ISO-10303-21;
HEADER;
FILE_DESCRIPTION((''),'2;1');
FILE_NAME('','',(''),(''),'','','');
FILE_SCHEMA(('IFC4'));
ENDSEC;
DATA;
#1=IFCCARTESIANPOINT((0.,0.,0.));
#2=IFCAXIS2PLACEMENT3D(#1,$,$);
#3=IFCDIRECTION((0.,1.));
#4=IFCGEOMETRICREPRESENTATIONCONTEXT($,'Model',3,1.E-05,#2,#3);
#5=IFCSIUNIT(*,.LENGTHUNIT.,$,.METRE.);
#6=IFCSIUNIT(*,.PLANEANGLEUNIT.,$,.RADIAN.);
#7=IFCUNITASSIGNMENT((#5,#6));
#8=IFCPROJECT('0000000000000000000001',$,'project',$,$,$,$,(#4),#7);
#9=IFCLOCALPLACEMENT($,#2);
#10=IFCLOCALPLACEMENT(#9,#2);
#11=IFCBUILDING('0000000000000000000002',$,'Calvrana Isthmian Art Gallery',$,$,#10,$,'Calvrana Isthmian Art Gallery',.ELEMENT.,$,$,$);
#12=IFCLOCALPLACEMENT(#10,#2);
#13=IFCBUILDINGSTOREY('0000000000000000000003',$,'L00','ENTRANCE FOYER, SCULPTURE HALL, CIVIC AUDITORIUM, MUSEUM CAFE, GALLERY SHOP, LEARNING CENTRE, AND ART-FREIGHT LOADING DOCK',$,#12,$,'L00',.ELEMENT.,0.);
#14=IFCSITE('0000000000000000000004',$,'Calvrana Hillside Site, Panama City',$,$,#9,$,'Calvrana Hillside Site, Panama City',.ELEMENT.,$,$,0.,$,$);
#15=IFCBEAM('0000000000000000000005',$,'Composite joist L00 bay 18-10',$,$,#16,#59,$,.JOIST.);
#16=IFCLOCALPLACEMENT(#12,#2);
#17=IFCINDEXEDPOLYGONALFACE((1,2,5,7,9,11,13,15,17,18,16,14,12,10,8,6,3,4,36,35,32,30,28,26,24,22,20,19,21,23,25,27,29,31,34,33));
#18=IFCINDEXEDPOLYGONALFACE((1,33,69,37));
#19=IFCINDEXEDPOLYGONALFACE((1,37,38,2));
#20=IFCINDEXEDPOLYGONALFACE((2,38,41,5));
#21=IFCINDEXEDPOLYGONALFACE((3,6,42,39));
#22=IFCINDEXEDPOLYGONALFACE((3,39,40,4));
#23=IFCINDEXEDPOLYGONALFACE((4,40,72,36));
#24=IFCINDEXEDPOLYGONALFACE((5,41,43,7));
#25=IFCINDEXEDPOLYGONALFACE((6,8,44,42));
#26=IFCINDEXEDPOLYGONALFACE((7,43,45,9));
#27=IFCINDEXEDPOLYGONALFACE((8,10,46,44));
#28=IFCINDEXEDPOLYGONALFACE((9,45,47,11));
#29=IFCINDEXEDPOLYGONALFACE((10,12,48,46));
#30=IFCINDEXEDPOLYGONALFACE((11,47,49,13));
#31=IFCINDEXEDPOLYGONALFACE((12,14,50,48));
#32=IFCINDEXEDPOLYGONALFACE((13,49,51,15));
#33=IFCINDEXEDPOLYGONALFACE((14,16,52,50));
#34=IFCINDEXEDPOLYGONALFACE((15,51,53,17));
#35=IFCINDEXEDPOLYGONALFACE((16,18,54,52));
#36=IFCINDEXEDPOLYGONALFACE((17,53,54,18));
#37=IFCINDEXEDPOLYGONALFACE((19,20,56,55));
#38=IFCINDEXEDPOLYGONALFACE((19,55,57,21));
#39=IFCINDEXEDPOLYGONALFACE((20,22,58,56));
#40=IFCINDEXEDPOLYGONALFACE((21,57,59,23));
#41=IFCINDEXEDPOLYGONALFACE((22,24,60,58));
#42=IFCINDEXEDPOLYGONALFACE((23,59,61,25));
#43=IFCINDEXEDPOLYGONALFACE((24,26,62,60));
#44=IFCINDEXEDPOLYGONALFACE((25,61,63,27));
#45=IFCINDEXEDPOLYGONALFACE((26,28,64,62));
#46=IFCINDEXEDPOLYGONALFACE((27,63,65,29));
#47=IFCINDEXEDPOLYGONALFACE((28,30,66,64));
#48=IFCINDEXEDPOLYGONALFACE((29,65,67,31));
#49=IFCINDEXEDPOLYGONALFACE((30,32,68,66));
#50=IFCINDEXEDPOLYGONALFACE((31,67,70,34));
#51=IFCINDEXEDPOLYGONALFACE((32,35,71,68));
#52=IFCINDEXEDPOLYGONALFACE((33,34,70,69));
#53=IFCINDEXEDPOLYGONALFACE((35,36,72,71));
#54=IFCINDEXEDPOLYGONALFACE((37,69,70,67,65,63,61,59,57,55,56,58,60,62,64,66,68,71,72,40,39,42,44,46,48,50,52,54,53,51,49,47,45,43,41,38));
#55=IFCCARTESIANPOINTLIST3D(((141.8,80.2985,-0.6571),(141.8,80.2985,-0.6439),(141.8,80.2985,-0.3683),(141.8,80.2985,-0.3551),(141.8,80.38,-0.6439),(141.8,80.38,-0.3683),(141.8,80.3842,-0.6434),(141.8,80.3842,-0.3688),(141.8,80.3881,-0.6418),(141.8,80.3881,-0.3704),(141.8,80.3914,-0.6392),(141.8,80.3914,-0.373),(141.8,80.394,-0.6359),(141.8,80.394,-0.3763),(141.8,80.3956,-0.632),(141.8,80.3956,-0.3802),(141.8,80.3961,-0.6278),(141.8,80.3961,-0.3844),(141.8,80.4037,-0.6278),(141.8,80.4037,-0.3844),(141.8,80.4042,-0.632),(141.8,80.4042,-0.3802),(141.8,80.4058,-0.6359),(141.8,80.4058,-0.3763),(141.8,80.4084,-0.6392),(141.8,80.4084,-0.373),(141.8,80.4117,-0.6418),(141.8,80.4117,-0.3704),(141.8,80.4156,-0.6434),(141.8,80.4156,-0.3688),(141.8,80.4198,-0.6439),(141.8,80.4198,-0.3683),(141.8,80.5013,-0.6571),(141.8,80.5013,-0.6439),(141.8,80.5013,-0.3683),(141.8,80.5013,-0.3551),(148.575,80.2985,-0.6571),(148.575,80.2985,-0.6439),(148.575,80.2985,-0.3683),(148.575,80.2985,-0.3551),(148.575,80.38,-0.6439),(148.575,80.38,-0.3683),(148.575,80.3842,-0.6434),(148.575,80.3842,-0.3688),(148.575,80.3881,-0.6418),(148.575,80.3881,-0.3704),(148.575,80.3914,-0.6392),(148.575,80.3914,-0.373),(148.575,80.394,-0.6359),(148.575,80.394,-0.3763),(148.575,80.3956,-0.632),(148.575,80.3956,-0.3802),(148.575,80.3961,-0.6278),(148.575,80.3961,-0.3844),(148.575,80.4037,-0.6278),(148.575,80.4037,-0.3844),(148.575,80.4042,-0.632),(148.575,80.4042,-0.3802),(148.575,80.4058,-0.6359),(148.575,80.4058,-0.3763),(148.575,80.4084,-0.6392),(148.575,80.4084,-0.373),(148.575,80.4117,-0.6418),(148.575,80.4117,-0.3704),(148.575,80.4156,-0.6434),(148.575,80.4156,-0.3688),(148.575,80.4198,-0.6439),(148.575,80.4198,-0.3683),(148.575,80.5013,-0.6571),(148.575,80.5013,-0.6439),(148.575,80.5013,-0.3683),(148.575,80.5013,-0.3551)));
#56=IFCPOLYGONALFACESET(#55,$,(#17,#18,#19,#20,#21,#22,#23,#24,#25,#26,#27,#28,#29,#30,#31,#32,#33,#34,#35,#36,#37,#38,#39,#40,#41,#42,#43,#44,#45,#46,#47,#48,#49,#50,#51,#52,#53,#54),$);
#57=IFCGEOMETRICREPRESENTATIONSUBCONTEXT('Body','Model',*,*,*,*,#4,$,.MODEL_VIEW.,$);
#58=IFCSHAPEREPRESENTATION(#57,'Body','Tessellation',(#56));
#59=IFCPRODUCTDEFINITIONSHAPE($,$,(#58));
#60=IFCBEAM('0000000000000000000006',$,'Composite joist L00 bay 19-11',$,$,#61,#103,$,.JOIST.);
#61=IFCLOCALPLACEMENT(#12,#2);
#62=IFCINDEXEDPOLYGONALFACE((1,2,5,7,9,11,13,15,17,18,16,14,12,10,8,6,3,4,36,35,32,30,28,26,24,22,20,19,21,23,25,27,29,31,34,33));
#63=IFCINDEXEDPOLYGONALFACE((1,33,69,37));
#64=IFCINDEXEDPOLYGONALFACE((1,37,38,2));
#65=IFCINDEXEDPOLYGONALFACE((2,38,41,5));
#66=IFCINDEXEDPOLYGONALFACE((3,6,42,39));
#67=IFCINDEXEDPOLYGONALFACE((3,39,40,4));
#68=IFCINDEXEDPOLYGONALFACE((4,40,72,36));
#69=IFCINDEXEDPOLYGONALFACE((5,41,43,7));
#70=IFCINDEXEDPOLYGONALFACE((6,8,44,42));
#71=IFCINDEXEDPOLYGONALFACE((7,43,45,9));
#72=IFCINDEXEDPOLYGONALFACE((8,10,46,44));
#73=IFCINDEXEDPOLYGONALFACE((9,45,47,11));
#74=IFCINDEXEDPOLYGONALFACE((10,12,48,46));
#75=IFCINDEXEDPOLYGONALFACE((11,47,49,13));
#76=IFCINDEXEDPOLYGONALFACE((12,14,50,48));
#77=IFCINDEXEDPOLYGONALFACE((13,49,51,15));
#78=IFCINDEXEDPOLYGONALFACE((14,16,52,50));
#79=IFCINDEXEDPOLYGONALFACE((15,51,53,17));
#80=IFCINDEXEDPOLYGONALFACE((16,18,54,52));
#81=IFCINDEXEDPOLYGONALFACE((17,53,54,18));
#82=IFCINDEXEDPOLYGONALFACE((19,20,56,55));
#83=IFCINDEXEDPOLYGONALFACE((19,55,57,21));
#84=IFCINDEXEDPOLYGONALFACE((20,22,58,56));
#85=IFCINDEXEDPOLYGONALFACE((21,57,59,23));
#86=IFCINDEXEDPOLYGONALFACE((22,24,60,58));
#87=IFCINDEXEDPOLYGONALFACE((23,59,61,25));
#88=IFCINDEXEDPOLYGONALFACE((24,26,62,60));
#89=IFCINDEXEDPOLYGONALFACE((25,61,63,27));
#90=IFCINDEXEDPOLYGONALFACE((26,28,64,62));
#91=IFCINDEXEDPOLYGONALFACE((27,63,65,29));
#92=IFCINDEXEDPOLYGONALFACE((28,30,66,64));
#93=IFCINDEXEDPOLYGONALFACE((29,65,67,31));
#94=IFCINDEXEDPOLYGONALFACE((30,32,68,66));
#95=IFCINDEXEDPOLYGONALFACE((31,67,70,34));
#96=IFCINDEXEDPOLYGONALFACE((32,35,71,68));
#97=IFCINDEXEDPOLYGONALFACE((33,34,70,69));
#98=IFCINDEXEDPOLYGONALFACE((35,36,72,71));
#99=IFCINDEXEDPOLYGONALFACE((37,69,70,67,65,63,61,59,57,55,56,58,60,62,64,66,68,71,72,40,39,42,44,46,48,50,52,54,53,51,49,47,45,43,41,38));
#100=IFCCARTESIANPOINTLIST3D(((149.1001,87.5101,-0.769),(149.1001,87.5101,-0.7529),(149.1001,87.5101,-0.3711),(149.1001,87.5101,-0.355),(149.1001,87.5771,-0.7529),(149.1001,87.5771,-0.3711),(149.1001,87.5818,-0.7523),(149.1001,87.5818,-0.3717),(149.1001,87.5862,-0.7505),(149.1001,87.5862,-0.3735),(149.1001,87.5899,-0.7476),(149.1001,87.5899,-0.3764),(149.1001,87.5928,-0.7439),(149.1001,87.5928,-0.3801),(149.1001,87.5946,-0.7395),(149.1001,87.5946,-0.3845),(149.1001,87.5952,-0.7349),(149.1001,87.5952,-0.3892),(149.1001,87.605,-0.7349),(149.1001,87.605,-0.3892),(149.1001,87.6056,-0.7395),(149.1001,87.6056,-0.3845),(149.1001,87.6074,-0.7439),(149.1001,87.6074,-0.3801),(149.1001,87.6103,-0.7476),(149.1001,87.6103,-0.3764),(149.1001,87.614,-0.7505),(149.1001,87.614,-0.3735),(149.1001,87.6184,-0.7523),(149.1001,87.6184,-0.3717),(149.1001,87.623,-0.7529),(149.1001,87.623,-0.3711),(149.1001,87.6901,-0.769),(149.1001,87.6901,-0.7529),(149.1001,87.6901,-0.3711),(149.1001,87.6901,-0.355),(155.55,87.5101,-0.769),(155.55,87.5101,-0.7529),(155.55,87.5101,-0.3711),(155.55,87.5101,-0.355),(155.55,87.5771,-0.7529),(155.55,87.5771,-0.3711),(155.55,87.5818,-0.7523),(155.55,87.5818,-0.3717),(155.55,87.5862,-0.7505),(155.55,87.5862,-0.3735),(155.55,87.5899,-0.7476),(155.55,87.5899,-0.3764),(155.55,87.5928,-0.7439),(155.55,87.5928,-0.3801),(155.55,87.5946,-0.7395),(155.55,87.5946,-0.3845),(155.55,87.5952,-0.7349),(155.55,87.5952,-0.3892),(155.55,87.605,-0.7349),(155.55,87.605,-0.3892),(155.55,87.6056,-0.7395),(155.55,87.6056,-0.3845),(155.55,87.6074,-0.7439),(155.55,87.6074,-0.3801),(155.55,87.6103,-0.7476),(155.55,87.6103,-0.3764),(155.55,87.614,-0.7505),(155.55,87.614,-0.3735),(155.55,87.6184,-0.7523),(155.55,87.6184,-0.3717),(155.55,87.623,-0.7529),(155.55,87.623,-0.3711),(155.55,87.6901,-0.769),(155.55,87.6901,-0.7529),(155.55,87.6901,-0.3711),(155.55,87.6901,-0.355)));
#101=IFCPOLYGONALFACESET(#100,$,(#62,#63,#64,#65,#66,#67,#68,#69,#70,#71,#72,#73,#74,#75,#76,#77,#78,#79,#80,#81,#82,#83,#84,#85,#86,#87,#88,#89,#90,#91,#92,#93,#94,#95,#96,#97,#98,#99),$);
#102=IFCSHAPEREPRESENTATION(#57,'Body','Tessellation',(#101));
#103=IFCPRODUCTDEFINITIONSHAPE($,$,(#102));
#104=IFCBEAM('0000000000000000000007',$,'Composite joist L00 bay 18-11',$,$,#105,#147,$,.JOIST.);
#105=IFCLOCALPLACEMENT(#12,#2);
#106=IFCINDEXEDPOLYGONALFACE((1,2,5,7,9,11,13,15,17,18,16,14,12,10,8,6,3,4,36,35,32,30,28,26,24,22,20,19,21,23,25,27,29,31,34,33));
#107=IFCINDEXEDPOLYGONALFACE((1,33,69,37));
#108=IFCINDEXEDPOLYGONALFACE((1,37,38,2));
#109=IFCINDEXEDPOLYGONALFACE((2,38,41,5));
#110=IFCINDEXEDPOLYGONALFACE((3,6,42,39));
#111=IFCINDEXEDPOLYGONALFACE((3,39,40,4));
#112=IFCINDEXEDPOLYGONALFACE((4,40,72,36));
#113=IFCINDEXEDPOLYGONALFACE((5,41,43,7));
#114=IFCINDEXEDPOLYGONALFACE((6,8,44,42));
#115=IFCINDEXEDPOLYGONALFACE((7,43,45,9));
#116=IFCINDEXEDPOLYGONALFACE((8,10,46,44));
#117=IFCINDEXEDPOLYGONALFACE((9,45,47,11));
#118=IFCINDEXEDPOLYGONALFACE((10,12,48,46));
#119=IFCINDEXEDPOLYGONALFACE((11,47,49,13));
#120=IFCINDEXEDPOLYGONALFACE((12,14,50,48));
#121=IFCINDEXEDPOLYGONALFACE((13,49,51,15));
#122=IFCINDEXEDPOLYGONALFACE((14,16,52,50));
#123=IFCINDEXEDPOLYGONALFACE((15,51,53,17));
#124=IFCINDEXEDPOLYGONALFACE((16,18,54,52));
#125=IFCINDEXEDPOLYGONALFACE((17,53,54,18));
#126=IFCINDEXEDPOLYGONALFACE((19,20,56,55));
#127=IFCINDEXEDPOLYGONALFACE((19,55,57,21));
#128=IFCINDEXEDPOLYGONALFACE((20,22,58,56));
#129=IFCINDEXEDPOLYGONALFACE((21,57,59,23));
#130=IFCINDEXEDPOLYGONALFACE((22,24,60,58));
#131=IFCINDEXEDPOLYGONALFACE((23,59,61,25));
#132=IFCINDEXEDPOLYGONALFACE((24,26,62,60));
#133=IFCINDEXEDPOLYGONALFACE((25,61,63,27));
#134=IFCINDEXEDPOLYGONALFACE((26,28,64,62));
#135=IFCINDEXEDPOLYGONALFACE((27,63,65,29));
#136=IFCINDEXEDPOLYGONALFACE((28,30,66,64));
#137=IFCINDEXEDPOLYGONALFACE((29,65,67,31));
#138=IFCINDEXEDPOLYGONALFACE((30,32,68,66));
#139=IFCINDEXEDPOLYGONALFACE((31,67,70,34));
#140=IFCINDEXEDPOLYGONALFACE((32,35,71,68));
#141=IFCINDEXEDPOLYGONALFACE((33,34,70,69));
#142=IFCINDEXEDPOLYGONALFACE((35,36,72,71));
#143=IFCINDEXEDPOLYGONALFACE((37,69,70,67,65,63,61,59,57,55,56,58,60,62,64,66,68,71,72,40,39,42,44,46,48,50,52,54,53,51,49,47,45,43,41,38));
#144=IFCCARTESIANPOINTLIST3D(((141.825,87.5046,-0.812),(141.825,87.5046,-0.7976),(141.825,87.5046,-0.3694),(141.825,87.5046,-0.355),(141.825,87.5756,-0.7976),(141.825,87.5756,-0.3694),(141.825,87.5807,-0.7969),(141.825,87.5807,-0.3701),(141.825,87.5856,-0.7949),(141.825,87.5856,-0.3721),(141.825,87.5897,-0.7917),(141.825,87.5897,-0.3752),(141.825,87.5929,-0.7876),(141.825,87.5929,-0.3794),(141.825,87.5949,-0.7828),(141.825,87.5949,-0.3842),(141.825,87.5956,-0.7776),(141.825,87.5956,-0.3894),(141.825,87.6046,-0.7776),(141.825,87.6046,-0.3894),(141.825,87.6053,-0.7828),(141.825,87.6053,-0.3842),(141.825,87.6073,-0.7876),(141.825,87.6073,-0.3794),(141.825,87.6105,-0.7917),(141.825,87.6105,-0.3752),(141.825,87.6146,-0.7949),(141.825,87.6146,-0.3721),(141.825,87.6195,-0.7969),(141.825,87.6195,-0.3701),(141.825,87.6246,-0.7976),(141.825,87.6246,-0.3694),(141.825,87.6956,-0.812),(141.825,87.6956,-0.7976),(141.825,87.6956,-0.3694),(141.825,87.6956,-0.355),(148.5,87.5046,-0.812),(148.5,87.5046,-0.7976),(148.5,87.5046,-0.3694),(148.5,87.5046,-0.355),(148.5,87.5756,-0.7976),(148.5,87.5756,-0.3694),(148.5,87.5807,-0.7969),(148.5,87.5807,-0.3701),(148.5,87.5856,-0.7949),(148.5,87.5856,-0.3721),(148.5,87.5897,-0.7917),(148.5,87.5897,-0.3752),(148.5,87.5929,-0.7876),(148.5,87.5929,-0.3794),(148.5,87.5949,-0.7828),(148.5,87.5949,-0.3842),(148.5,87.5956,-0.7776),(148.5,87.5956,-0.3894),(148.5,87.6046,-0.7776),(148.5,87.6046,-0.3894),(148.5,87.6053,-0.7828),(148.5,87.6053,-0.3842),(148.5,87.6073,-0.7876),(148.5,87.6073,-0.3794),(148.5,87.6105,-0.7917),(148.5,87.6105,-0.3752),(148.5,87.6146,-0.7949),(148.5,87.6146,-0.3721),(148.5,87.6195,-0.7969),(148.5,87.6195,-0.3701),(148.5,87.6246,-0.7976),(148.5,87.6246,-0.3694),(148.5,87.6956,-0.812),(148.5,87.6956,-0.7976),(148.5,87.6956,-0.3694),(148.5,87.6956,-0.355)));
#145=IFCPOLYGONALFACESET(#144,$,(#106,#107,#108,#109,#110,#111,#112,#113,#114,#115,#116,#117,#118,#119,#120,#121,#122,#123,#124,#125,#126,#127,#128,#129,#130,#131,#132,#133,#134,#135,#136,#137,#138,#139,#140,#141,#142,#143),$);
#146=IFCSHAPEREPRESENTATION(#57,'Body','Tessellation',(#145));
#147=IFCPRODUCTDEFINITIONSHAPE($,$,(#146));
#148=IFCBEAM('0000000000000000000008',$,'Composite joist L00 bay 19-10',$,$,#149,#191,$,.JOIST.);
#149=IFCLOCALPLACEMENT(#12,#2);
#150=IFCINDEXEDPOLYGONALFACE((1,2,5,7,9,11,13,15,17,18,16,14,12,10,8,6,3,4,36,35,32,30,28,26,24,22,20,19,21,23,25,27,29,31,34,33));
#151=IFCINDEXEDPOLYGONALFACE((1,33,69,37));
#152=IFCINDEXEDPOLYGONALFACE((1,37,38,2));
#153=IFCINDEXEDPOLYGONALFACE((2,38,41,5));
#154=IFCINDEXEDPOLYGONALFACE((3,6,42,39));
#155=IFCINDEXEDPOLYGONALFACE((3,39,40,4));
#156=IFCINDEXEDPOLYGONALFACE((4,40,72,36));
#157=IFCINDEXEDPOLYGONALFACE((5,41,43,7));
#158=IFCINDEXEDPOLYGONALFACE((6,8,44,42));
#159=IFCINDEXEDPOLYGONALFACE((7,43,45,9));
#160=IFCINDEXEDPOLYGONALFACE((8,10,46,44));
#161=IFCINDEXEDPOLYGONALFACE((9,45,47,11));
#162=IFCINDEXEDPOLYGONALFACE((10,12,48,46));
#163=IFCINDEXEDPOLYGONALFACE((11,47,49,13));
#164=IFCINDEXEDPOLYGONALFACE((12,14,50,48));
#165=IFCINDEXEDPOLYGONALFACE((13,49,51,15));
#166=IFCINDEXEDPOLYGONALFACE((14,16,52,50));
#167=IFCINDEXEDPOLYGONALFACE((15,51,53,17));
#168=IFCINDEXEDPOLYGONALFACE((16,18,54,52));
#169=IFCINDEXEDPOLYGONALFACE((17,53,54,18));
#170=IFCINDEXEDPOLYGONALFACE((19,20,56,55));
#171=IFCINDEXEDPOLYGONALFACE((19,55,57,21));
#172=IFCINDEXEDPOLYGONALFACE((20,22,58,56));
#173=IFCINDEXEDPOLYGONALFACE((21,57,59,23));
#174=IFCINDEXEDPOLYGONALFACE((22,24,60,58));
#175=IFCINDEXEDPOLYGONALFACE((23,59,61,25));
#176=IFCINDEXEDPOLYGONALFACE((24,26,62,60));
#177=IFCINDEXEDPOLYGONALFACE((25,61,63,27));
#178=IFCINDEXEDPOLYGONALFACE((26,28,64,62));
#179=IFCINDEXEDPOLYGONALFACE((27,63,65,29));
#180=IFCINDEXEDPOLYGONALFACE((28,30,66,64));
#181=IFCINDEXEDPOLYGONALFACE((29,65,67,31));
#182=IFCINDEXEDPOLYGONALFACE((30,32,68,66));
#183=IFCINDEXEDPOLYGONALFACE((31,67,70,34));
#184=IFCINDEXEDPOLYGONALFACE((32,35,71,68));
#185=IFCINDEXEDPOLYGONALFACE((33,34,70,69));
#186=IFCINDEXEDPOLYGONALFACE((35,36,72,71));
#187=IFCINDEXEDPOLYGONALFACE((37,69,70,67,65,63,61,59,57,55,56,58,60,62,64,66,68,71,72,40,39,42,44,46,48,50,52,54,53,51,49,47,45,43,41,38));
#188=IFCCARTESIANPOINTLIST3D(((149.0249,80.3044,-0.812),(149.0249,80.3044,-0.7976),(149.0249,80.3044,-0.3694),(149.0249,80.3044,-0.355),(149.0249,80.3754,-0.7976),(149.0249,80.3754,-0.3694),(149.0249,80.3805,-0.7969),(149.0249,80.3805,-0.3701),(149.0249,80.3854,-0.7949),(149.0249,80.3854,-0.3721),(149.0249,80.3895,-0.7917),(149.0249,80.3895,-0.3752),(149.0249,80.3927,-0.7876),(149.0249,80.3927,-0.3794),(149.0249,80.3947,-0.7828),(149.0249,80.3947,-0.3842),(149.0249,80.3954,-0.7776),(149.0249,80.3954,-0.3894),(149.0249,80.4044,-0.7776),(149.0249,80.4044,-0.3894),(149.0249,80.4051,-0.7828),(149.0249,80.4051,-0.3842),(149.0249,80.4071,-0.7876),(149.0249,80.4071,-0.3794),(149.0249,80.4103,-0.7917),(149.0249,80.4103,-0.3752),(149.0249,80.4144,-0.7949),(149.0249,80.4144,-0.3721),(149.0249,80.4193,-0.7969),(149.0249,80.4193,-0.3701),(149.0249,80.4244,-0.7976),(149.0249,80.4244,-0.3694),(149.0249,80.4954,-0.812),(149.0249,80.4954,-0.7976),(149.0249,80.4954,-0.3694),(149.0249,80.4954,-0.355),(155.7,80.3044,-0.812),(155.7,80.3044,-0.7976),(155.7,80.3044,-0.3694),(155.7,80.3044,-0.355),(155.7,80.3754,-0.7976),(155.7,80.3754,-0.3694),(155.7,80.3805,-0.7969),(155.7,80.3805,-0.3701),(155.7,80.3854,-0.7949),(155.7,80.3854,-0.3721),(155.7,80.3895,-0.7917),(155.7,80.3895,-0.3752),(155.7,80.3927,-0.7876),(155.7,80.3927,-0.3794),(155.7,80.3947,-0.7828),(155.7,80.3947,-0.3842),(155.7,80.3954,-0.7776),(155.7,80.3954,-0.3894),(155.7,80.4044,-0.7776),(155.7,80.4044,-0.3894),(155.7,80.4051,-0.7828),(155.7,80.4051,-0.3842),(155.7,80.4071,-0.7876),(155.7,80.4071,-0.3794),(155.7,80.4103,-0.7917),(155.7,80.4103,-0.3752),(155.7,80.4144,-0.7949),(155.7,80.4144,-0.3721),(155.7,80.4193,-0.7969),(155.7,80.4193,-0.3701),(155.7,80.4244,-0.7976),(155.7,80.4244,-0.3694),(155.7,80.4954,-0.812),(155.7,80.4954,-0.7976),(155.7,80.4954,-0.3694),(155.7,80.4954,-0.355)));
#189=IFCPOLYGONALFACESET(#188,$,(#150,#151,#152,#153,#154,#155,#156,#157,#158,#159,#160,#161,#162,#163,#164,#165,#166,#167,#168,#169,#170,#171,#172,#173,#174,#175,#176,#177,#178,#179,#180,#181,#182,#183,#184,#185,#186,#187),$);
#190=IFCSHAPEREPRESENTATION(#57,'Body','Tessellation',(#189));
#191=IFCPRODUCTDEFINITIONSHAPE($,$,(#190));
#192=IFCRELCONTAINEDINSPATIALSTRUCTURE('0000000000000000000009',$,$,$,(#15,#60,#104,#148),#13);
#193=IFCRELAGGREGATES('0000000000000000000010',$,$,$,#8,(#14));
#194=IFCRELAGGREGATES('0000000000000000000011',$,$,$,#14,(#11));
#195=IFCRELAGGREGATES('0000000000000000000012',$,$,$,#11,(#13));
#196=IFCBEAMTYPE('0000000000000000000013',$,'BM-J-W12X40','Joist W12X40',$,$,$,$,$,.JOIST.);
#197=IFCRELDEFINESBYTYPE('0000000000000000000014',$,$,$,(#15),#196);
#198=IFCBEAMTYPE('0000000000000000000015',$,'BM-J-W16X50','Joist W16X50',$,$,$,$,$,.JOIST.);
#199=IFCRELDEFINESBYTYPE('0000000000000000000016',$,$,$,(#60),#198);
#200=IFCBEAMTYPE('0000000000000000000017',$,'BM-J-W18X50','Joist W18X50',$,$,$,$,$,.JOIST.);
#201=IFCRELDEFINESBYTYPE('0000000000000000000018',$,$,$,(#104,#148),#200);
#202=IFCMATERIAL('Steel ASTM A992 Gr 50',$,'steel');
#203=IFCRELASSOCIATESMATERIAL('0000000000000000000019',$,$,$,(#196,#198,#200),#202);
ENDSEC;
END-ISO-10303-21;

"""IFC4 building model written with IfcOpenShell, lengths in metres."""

from ifc_helpers import new_model, si_unit, direction, frame, origin, origin_2d, place, context, subcontext, project, spatial, i_section, extrude, material, material_profile, profile_set, type_object, element, save


model = new_model("IFC4")

# Units and contexts
model_context = context("Model", 3, precision=1e-05, world=origin(), true_north=direction((0.0, 1.0)))
body_context = subcontext(model_context, "Body", "Model", "MODEL_VIEW")
ifc_project = project(units=[si_unit("LENGTHUNIT", "METRE"), si_unit("PLANEANGLEUNIT", "RADIAN")], contexts=[model_context])

# Site, building, storey
site_placement = place(None, origin())
site = spatial("IfcSite", under=ifc_project, at=site_placement, Name="Calvrana Hillside Site, Panama City", LongName="Calvrana Hillside Site, Panama City", CompositionType="ELEMENT", RefElevation=0.0)
building_placement = place(site_placement, origin())
building = spatial("IfcBuilding", under=site, at=building_placement, Name="Calvrana Isthmian Art Gallery", LongName="Calvrana Isthmian Art Gallery", CompositionType="ELEMENT")
storey_placement = place(building_placement, origin())
storey = spatial("IfcBuildingStorey", under=building, at=storey_placement, Name="L00", Description="ENTRANCE FOYER, SCULPTURE HALL, CIVIC AUDITORIUM, MUSEUM CAFE, GALLERY SHOP, LEARNING CENTRE, AND ART-FREIGHT LOADING DOCK", LongName="L00", CompositionType="ELEMENT", Elevation=0.0)

# Beams
ifc_material_1 = material(Name="Steel ASTM A992 Gr 50", Category="steel")
ifc_material_profile_1 = material_profile(ifc_material_1, i_section(OverallWidth=0.2029, OverallDepth=0.302, WebThickness=0.0076, FlangeThickness=0.0132, FilletRadius=0.0161, at=origin_2d()), Name="W12X40")
ifc_profile_set_1 = profile_set([ifc_material_profile_1], Name="Steel ASTM A992 Gr 50")
beam_type_1 = type_object("IfcBeamType", Name="BM-J-W12X40", Description="Joist W12X40", PredefinedType="JOIST", material=ifc_profile_set_1)
beam_1_placement = place(storey_placement, frame((141.8, 80.3999, -0.5061), z_axis=(1.0, 0.0, 0.0), x_axis=(0.0, 1.0, 0.0)))
element("IfcBeam", 1, at=beam_1_placement, inside=storey, type_object=beam_type_1, Name="Composite joist L00 bay 18-10", PredefinedType="JOIST", context=body_context, shape_type="SweptSolid", body=[
    extrude(i_section(OverallWidth=0.2029, OverallDepth=0.302, WebThickness=0.0076, FlangeThickness=0.0132, FilletRadius=0.0161, at=origin_2d()), origin(), (0.0, 0.0, 1.0), 6.7749),
])
ifc_material_profile_2 = material_profile(ifc_material_1, i_section(OverallWidth=0.1799, OverallDepth=0.4141, WebThickness=0.0098, FlangeThickness=0.0161, FilletRadius=0.0181, at=origin_2d()), Name="W16X50")
ifc_profile_set_2 = profile_set([ifc_material_profile_2], Name="Steel ASTM A992 Gr 50")
beam_type_2 = type_object("IfcBeamType", Name="BM-J-W16X50", Description="Joist W16X50", PredefinedType="JOIST", material=ifc_profile_set_2)
beam_2_placement = place(storey_placement, frame((149.1001, 87.6001, -0.562), z_axis=(1.0, 0.0, 0.0), x_axis=(0.0, 1.0, 0.0)))
element("IfcBeam", 2, at=beam_2_placement, inside=storey, type_object=beam_type_2, Name="Composite joist L00 bay 19-11", PredefinedType="JOIST", context=body_context, shape_type="SweptSolid", body=[
    extrude(i_section(OverallWidth=0.1799, OverallDepth=0.4141, WebThickness=0.0098, FlangeThickness=0.0161, FilletRadius=0.0181, at=origin_2d()), origin(), (0.0, 0.0, 1.0), 6.45),
])
ifc_material_profile_3 = material_profile(ifc_material_1, i_section(OverallWidth=0.1909, OverallDepth=0.457, WebThickness=0.009, FlangeThickness=0.0144, FilletRadius=0.02, at=origin_2d()), Name="W18X50")
ifc_profile_set_3 = profile_set([ifc_material_profile_3], Name="Steel ASTM A992 Gr 50")
beam_type_3 = type_object("IfcBeamType", Name="BM-J-W18X50", Description="Joist W18X50", PredefinedType="JOIST", material=ifc_profile_set_3)
for number, where, z_axis, x_axis, name in (
    (3, (141.825, 87.6001, -0.5835), (1.0, 0.0, 0.0), (0.0, 1.0, 0.0), "Composite joist L00 bay 18-11"),
    (4, (149.0249, 80.3999, -0.5835), (1.0, 0.0, 0.0), (0.0, 1.0, 0.0), "Composite joist L00 bay 19-10"),
):
    element("IfcBeam", number, at=place(storey_placement, frame(where, z_axis=z_axis, x_axis=x_axis)), inside=storey, type_object=beam_type_3, Name=name, PredefinedType="JOIST", context=body_context, shape_type="SweptSolid", body=[
        extrude(i_section(OverallWidth=0.1909, OverallDepth=0.457, WebThickness=0.009, FlangeThickness=0.0144, FilletRadius=0.02, at=origin_2d()), origin(), (0.0, 0.0, 1.0), 6.675),
    ])

save(model, "model.ifc")
